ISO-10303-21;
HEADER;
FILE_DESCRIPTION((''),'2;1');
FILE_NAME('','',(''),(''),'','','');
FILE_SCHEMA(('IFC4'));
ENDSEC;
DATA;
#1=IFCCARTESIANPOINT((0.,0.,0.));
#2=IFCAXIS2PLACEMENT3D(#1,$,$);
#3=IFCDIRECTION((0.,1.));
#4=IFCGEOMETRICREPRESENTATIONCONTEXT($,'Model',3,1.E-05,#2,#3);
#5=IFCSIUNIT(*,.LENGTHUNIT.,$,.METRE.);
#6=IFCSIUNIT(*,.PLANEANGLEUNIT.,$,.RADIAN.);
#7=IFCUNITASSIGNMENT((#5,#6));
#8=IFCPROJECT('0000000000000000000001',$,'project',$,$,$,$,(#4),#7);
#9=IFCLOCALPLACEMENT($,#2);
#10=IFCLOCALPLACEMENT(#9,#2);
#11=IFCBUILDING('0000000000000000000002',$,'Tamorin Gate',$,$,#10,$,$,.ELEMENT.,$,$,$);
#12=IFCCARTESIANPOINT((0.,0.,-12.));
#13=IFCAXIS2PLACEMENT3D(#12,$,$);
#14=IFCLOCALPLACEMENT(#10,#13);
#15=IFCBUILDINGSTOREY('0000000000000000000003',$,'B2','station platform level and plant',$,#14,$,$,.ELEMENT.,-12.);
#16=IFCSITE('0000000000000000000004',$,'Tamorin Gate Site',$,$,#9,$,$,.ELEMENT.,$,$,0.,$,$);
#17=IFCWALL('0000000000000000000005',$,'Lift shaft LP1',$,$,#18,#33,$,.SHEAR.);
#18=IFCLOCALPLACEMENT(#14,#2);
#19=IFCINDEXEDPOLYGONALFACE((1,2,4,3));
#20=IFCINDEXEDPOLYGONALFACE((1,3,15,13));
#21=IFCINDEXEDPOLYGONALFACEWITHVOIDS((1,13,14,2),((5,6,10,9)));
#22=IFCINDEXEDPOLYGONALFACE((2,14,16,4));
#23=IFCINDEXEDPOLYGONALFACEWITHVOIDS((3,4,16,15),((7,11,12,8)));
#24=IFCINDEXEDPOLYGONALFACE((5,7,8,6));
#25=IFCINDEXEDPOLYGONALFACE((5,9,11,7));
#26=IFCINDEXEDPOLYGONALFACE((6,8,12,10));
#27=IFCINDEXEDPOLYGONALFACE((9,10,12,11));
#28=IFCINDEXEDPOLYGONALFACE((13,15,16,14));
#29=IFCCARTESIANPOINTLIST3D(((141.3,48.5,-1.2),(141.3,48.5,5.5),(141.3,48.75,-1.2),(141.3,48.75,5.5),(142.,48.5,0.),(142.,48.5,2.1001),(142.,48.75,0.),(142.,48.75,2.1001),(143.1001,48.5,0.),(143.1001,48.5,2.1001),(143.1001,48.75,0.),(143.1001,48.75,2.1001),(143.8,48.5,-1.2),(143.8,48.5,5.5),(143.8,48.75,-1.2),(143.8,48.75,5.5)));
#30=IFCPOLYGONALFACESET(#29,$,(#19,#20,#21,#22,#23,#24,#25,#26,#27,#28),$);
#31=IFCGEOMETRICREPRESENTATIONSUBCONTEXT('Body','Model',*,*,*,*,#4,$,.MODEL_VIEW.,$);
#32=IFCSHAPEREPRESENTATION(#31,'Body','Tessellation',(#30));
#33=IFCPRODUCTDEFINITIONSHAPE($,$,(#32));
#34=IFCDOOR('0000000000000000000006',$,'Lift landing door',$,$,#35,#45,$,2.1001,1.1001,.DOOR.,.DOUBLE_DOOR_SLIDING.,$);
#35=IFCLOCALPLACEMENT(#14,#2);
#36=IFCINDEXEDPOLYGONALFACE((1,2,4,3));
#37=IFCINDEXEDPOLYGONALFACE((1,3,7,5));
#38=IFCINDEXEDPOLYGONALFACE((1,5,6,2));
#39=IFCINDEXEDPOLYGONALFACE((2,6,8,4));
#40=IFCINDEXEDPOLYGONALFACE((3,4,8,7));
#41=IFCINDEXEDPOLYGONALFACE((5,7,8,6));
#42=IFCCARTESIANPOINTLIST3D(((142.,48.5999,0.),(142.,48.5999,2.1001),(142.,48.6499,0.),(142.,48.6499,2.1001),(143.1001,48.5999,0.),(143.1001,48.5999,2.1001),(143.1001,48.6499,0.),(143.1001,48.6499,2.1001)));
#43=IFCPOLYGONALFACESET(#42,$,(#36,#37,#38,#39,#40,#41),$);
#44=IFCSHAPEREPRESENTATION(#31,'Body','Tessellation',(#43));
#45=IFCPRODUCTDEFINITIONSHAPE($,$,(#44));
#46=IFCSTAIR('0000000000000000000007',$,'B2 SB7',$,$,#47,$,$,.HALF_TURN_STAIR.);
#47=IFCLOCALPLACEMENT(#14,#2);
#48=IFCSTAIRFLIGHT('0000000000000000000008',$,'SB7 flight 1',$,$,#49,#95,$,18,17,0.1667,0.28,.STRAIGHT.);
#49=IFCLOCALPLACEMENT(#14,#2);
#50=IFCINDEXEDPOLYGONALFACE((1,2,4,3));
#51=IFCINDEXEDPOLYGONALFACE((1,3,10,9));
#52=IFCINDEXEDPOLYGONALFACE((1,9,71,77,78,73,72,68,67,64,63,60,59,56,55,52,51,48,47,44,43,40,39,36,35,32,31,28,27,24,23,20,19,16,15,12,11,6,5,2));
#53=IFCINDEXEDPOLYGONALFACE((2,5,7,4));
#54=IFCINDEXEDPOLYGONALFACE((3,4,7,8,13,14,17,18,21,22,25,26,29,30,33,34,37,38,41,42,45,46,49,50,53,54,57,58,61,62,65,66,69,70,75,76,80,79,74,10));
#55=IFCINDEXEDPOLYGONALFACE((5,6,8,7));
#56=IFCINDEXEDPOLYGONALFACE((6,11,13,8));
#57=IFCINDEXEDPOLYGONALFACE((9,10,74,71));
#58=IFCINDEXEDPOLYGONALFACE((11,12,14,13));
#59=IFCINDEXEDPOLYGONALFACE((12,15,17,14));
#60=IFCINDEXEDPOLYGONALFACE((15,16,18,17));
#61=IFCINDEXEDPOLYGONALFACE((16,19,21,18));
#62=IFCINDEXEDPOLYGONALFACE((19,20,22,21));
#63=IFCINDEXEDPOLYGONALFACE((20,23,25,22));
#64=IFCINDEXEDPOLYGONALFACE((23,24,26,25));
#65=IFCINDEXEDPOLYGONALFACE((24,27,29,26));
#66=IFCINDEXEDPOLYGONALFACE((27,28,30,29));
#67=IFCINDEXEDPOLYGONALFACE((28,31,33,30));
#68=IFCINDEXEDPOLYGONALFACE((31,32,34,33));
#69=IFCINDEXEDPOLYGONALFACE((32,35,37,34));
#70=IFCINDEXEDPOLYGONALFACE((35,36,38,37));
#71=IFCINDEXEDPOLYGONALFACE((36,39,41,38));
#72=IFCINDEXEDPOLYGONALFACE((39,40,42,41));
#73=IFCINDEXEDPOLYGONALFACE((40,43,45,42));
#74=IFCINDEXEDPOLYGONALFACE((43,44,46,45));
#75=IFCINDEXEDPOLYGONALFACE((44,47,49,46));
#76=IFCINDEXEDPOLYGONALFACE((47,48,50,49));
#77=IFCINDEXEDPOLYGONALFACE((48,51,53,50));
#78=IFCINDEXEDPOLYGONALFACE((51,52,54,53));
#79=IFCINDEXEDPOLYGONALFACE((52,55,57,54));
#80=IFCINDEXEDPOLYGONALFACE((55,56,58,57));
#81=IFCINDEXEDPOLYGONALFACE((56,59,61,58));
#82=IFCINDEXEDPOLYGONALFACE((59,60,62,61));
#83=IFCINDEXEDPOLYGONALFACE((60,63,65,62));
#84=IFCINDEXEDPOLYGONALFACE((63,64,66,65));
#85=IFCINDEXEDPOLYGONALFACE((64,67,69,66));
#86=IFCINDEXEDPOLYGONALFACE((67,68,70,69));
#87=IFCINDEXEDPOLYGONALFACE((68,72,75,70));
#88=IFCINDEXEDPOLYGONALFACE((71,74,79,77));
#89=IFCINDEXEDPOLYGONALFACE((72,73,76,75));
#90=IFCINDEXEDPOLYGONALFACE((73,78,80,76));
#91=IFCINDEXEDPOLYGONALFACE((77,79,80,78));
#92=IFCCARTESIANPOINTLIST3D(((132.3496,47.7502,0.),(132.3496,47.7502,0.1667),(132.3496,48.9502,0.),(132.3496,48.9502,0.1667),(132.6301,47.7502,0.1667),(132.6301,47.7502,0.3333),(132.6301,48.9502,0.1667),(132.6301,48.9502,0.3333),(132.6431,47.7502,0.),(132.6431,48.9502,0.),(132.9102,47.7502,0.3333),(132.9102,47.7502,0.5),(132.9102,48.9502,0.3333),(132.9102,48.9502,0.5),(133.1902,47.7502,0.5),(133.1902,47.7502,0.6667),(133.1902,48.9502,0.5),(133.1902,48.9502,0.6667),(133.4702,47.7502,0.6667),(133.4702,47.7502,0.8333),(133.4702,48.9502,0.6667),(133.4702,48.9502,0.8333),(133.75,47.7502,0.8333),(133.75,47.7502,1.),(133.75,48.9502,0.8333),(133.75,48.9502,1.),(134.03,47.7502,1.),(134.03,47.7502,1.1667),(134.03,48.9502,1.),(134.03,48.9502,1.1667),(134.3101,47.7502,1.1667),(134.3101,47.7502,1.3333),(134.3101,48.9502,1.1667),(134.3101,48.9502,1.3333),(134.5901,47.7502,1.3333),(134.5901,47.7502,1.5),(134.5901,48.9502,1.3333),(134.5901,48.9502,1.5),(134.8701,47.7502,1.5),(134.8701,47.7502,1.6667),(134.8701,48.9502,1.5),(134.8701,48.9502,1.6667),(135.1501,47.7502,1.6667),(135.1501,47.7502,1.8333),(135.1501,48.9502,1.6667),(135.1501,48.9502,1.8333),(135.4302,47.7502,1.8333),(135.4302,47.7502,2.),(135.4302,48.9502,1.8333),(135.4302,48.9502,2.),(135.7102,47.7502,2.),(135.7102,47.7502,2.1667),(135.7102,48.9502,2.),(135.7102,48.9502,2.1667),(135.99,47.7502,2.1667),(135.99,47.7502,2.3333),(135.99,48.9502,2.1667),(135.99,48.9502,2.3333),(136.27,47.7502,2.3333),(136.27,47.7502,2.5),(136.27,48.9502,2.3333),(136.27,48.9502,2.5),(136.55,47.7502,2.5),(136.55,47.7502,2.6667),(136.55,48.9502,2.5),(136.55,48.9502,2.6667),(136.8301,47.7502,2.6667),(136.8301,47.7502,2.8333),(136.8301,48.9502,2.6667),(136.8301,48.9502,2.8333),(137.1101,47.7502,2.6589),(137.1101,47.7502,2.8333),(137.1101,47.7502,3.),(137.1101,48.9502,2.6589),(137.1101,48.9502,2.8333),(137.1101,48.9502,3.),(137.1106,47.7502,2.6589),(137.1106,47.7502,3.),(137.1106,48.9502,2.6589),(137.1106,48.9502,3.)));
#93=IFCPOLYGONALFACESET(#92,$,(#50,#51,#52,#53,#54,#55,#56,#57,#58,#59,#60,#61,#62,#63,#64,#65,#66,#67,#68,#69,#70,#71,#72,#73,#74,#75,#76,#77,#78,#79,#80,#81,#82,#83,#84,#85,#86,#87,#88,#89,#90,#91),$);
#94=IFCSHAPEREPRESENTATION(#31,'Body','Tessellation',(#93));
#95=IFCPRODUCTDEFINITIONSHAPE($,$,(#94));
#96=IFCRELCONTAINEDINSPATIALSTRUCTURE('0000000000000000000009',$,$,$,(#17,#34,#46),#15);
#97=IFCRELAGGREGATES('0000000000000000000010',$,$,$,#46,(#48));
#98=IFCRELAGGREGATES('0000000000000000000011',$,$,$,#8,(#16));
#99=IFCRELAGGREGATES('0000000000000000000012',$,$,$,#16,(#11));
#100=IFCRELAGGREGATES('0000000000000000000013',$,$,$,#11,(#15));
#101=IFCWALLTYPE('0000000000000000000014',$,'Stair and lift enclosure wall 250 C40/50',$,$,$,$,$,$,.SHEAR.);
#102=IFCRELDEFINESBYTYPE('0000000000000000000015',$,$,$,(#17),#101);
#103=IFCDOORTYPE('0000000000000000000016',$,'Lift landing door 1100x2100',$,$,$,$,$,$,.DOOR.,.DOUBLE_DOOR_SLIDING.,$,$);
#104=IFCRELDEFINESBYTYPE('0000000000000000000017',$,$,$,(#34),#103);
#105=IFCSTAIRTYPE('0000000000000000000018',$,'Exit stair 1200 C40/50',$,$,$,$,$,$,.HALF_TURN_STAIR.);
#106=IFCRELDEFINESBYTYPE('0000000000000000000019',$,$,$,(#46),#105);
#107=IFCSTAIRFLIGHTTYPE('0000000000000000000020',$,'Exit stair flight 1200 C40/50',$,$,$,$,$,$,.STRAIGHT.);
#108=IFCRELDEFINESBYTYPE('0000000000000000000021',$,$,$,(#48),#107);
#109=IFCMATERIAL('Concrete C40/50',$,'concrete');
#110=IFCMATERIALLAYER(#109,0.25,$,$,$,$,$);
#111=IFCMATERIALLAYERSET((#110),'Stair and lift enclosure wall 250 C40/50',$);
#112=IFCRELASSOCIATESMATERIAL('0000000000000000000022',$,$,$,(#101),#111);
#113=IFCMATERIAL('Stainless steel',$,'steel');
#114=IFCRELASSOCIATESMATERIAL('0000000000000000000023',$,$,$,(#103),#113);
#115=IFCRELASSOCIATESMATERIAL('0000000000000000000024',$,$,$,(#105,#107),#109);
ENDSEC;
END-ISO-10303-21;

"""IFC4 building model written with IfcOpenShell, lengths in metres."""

from ifc_helpers import new_model, si_unit, direction, frame, frame_2d, origin, place, context, subcontext, project, spatial, polyline, rectangle, outline, extrude, material, layer, layer_set, type_object, element, fill, aggregate, save


model = new_model("IFC4")

# Units and contexts
model_context = context("Model", 3, precision=1e-05, world=origin(), true_north=direction((0.0, 1.0)))
body_context = subcontext(model_context, "Body", "Model", "MODEL_VIEW")
ifc_project = project(units=[si_unit("LENGTHUNIT", "METRE"), si_unit("PLANEANGLEUNIT", "RADIAN")], contexts=[model_context])

# Site, building, storey
site_placement = place(None, origin())
site = spatial("IfcSite", under=ifc_project, at=site_placement, Name="Tamorin Gate Site", CompositionType="ELEMENT", RefElevation=0.0)
building_placement = place(site_placement, origin())
building = spatial("IfcBuilding", under=site, at=building_placement, Name="Tamorin Gate", CompositionType="ELEMENT")
storey_placement = place(building_placement, frame((0.0, 0.0, -12.0)))
storey = spatial("IfcBuildingStorey", under=building, at=storey_placement, Name="B2", Description="station platform level and plant", CompositionType="ELEMENT", Elevation=-12.0)

# Shared definitions
ifc_material_1 = material(Name="Concrete C40/50", Category="concrete")

# Shared definitions
ifc_layer = layer(ifc_material_1, 0.25)
ifc_layer_set = layer_set([ifc_layer], Name="Stair and lift enclosure wall 250 C40/50")
wall_type = type_object("IfcWallType", Name="Stair and lift enclosure wall 250 C40/50", PredefinedType="SHEAR", material=ifc_layer_set)

# Wall, opening, door
wall_1_placement = place(storey_placement, frame((141.3, 48.625, -1.2), z_axis=(0.0, 0.0, 1.0), x_axis=(1.0, 0.0, 0.0)))
wall_1 = element("IfcWall", 1, at=wall_1_placement, inside=storey, type_object=wall_type, Name="Lift shaft LP1", PredefinedType="SHEAR", context=body_context, shape_type="SweptSolid", body=[
    extrude(rectangle(XDim=2.5, YDim=0.25, at=frame_2d((1.25, 0.0))), origin(), (0.0, 0.0, 1.0), 6.7),
])
opening_1_placement = place(wall_1_placement, frame((0.7, 0.0, 1.2)))
opening_1 = element("IfcOpeningElement", 2, at=opening_1_placement, cuts=wall_1, PredefinedType="OPENING", context=body_context, shape_type="SweptSolid", body=[
    extrude(rectangle(XDim=1.1001, YDim=2.1001, at=frame_2d((0.55, 1.05))), frame((0.0, 0.135, 0.0), z_axis=(0.0, -1.0, 0.0), x_axis=(1.0, 0.0, 0.0)), (0.0, 0.0, 1.0), 0.27),
])
ifc_material_2 = material(Name="Stainless steel", Category="steel")
door_type_1 = type_object("IfcDoorType", Name="Lift landing door 1100x2100", OperationType="DOUBLE_DOOR_SLIDING", PredefinedType="DOOR", material=ifc_material_2)
door_1_placement = place(opening_1_placement, origin())
door_1 = element("IfcDoor", 3, at=door_1_placement, inside=storey, type_object=door_type_1, Name="Lift landing door", OperationType="DOUBLE_DOOR_SLIDING", OverallHeight=2.1001, OverallWidth=1.1001, PredefinedType="DOOR", context=body_context, shape_type="SweptSolid", body=[
    extrude(rectangle(XDim=1.1001, YDim=2.1001, at=frame_2d((0.55, 1.05))), frame((0.0, 0.0249, 0.0), z_axis=(0.0, -1.0, 0.0), x_axis=(1.0, 0.0, 0.0)), (0.0, 0.0, 1.0), 0.05),
])
fill(opening_1, door_1)

# Stair, stair flight
stair_type = type_object("IfcStairType", Name="Exit stair 1200 C40/50", PredefinedType="HALF_TURN_STAIR", material=ifc_material_1)
stair_placement = place(storey_placement, origin())
stair = element("IfcStair", 4, at=stair_placement, inside=storey, type_object=stair_type, Name="B2 SB7", PredefinedType="HALF_TURN_STAIR")
stair_flight_type = type_object("IfcStairFlightType", Name="Exit stair flight 1200 C40/50", PredefinedType="STRAIGHT", material=ifc_material_1)
stair_flight_placement = place(storey_placement, frame((132.3501, 48.3501, 0.0), z_axis=(0.0, 0.0, 1.0), x_axis=(1.0, 0.0, 0.0)))
stair_flight = element("IfcStairFlight", 5, at=stair_flight_placement, type_object=stair_flight_type, Name="SB7 flight 1", NumberOfRisers=18, NumberOfTreads=17, PredefinedType="STRAIGHT", RiserHeight=0.1667, TreadLength=0.28, context=body_context, shape_type="SweptSolid", body=[
    extrude(outline(polyline([(-0.0005, 0.0), (-0.0005, 0.1667), (0.28, 0.1667), (0.28, 0.3333), (0.5601, 0.3333), (0.5601, 0.5), (0.8401, 0.5), (0.8401, 0.6667), (1.1201, 0.6667), (1.1201, 0.8333), (1.3999, 0.8333), (1.3999, 1.0), (1.6799, 1.0), (1.6799, 1.1667), (1.96, 1.1667), (1.96, 1.3333), (2.24, 1.3333), (2.24, 1.5), (2.52, 1.5), (2.52, 1.6667), (2.8, 1.6667), (2.8, 1.8333), (3.0801, 1.8333), (3.0801, 2.0), (3.3601, 2.0), (3.3601, 2.1667), (3.6399, 2.1667), (3.6399, 2.3333), (3.9199, 2.3333), (3.9199, 2.5), (4.2, 2.5), (4.2, 2.6667), (4.48, 2.6667), (4.48, 2.8333), (4.76, 2.8333), (4.76, 3.0), (4.7605, 3.0), (4.7605, 2.6589), (4.76, 2.6589), (0.293, 0.0), (-0.0005, 0.0)])), frame((0.0, 0.6001, 0.0), z_axis=(0.0, -1.0, 0.0), x_axis=(1.0, 0.0, 0.0)), (0.0, 0.0, 1.0), 1.2),
])
aggregate(stair, [stair_flight])

save(model, "model.ifc")
